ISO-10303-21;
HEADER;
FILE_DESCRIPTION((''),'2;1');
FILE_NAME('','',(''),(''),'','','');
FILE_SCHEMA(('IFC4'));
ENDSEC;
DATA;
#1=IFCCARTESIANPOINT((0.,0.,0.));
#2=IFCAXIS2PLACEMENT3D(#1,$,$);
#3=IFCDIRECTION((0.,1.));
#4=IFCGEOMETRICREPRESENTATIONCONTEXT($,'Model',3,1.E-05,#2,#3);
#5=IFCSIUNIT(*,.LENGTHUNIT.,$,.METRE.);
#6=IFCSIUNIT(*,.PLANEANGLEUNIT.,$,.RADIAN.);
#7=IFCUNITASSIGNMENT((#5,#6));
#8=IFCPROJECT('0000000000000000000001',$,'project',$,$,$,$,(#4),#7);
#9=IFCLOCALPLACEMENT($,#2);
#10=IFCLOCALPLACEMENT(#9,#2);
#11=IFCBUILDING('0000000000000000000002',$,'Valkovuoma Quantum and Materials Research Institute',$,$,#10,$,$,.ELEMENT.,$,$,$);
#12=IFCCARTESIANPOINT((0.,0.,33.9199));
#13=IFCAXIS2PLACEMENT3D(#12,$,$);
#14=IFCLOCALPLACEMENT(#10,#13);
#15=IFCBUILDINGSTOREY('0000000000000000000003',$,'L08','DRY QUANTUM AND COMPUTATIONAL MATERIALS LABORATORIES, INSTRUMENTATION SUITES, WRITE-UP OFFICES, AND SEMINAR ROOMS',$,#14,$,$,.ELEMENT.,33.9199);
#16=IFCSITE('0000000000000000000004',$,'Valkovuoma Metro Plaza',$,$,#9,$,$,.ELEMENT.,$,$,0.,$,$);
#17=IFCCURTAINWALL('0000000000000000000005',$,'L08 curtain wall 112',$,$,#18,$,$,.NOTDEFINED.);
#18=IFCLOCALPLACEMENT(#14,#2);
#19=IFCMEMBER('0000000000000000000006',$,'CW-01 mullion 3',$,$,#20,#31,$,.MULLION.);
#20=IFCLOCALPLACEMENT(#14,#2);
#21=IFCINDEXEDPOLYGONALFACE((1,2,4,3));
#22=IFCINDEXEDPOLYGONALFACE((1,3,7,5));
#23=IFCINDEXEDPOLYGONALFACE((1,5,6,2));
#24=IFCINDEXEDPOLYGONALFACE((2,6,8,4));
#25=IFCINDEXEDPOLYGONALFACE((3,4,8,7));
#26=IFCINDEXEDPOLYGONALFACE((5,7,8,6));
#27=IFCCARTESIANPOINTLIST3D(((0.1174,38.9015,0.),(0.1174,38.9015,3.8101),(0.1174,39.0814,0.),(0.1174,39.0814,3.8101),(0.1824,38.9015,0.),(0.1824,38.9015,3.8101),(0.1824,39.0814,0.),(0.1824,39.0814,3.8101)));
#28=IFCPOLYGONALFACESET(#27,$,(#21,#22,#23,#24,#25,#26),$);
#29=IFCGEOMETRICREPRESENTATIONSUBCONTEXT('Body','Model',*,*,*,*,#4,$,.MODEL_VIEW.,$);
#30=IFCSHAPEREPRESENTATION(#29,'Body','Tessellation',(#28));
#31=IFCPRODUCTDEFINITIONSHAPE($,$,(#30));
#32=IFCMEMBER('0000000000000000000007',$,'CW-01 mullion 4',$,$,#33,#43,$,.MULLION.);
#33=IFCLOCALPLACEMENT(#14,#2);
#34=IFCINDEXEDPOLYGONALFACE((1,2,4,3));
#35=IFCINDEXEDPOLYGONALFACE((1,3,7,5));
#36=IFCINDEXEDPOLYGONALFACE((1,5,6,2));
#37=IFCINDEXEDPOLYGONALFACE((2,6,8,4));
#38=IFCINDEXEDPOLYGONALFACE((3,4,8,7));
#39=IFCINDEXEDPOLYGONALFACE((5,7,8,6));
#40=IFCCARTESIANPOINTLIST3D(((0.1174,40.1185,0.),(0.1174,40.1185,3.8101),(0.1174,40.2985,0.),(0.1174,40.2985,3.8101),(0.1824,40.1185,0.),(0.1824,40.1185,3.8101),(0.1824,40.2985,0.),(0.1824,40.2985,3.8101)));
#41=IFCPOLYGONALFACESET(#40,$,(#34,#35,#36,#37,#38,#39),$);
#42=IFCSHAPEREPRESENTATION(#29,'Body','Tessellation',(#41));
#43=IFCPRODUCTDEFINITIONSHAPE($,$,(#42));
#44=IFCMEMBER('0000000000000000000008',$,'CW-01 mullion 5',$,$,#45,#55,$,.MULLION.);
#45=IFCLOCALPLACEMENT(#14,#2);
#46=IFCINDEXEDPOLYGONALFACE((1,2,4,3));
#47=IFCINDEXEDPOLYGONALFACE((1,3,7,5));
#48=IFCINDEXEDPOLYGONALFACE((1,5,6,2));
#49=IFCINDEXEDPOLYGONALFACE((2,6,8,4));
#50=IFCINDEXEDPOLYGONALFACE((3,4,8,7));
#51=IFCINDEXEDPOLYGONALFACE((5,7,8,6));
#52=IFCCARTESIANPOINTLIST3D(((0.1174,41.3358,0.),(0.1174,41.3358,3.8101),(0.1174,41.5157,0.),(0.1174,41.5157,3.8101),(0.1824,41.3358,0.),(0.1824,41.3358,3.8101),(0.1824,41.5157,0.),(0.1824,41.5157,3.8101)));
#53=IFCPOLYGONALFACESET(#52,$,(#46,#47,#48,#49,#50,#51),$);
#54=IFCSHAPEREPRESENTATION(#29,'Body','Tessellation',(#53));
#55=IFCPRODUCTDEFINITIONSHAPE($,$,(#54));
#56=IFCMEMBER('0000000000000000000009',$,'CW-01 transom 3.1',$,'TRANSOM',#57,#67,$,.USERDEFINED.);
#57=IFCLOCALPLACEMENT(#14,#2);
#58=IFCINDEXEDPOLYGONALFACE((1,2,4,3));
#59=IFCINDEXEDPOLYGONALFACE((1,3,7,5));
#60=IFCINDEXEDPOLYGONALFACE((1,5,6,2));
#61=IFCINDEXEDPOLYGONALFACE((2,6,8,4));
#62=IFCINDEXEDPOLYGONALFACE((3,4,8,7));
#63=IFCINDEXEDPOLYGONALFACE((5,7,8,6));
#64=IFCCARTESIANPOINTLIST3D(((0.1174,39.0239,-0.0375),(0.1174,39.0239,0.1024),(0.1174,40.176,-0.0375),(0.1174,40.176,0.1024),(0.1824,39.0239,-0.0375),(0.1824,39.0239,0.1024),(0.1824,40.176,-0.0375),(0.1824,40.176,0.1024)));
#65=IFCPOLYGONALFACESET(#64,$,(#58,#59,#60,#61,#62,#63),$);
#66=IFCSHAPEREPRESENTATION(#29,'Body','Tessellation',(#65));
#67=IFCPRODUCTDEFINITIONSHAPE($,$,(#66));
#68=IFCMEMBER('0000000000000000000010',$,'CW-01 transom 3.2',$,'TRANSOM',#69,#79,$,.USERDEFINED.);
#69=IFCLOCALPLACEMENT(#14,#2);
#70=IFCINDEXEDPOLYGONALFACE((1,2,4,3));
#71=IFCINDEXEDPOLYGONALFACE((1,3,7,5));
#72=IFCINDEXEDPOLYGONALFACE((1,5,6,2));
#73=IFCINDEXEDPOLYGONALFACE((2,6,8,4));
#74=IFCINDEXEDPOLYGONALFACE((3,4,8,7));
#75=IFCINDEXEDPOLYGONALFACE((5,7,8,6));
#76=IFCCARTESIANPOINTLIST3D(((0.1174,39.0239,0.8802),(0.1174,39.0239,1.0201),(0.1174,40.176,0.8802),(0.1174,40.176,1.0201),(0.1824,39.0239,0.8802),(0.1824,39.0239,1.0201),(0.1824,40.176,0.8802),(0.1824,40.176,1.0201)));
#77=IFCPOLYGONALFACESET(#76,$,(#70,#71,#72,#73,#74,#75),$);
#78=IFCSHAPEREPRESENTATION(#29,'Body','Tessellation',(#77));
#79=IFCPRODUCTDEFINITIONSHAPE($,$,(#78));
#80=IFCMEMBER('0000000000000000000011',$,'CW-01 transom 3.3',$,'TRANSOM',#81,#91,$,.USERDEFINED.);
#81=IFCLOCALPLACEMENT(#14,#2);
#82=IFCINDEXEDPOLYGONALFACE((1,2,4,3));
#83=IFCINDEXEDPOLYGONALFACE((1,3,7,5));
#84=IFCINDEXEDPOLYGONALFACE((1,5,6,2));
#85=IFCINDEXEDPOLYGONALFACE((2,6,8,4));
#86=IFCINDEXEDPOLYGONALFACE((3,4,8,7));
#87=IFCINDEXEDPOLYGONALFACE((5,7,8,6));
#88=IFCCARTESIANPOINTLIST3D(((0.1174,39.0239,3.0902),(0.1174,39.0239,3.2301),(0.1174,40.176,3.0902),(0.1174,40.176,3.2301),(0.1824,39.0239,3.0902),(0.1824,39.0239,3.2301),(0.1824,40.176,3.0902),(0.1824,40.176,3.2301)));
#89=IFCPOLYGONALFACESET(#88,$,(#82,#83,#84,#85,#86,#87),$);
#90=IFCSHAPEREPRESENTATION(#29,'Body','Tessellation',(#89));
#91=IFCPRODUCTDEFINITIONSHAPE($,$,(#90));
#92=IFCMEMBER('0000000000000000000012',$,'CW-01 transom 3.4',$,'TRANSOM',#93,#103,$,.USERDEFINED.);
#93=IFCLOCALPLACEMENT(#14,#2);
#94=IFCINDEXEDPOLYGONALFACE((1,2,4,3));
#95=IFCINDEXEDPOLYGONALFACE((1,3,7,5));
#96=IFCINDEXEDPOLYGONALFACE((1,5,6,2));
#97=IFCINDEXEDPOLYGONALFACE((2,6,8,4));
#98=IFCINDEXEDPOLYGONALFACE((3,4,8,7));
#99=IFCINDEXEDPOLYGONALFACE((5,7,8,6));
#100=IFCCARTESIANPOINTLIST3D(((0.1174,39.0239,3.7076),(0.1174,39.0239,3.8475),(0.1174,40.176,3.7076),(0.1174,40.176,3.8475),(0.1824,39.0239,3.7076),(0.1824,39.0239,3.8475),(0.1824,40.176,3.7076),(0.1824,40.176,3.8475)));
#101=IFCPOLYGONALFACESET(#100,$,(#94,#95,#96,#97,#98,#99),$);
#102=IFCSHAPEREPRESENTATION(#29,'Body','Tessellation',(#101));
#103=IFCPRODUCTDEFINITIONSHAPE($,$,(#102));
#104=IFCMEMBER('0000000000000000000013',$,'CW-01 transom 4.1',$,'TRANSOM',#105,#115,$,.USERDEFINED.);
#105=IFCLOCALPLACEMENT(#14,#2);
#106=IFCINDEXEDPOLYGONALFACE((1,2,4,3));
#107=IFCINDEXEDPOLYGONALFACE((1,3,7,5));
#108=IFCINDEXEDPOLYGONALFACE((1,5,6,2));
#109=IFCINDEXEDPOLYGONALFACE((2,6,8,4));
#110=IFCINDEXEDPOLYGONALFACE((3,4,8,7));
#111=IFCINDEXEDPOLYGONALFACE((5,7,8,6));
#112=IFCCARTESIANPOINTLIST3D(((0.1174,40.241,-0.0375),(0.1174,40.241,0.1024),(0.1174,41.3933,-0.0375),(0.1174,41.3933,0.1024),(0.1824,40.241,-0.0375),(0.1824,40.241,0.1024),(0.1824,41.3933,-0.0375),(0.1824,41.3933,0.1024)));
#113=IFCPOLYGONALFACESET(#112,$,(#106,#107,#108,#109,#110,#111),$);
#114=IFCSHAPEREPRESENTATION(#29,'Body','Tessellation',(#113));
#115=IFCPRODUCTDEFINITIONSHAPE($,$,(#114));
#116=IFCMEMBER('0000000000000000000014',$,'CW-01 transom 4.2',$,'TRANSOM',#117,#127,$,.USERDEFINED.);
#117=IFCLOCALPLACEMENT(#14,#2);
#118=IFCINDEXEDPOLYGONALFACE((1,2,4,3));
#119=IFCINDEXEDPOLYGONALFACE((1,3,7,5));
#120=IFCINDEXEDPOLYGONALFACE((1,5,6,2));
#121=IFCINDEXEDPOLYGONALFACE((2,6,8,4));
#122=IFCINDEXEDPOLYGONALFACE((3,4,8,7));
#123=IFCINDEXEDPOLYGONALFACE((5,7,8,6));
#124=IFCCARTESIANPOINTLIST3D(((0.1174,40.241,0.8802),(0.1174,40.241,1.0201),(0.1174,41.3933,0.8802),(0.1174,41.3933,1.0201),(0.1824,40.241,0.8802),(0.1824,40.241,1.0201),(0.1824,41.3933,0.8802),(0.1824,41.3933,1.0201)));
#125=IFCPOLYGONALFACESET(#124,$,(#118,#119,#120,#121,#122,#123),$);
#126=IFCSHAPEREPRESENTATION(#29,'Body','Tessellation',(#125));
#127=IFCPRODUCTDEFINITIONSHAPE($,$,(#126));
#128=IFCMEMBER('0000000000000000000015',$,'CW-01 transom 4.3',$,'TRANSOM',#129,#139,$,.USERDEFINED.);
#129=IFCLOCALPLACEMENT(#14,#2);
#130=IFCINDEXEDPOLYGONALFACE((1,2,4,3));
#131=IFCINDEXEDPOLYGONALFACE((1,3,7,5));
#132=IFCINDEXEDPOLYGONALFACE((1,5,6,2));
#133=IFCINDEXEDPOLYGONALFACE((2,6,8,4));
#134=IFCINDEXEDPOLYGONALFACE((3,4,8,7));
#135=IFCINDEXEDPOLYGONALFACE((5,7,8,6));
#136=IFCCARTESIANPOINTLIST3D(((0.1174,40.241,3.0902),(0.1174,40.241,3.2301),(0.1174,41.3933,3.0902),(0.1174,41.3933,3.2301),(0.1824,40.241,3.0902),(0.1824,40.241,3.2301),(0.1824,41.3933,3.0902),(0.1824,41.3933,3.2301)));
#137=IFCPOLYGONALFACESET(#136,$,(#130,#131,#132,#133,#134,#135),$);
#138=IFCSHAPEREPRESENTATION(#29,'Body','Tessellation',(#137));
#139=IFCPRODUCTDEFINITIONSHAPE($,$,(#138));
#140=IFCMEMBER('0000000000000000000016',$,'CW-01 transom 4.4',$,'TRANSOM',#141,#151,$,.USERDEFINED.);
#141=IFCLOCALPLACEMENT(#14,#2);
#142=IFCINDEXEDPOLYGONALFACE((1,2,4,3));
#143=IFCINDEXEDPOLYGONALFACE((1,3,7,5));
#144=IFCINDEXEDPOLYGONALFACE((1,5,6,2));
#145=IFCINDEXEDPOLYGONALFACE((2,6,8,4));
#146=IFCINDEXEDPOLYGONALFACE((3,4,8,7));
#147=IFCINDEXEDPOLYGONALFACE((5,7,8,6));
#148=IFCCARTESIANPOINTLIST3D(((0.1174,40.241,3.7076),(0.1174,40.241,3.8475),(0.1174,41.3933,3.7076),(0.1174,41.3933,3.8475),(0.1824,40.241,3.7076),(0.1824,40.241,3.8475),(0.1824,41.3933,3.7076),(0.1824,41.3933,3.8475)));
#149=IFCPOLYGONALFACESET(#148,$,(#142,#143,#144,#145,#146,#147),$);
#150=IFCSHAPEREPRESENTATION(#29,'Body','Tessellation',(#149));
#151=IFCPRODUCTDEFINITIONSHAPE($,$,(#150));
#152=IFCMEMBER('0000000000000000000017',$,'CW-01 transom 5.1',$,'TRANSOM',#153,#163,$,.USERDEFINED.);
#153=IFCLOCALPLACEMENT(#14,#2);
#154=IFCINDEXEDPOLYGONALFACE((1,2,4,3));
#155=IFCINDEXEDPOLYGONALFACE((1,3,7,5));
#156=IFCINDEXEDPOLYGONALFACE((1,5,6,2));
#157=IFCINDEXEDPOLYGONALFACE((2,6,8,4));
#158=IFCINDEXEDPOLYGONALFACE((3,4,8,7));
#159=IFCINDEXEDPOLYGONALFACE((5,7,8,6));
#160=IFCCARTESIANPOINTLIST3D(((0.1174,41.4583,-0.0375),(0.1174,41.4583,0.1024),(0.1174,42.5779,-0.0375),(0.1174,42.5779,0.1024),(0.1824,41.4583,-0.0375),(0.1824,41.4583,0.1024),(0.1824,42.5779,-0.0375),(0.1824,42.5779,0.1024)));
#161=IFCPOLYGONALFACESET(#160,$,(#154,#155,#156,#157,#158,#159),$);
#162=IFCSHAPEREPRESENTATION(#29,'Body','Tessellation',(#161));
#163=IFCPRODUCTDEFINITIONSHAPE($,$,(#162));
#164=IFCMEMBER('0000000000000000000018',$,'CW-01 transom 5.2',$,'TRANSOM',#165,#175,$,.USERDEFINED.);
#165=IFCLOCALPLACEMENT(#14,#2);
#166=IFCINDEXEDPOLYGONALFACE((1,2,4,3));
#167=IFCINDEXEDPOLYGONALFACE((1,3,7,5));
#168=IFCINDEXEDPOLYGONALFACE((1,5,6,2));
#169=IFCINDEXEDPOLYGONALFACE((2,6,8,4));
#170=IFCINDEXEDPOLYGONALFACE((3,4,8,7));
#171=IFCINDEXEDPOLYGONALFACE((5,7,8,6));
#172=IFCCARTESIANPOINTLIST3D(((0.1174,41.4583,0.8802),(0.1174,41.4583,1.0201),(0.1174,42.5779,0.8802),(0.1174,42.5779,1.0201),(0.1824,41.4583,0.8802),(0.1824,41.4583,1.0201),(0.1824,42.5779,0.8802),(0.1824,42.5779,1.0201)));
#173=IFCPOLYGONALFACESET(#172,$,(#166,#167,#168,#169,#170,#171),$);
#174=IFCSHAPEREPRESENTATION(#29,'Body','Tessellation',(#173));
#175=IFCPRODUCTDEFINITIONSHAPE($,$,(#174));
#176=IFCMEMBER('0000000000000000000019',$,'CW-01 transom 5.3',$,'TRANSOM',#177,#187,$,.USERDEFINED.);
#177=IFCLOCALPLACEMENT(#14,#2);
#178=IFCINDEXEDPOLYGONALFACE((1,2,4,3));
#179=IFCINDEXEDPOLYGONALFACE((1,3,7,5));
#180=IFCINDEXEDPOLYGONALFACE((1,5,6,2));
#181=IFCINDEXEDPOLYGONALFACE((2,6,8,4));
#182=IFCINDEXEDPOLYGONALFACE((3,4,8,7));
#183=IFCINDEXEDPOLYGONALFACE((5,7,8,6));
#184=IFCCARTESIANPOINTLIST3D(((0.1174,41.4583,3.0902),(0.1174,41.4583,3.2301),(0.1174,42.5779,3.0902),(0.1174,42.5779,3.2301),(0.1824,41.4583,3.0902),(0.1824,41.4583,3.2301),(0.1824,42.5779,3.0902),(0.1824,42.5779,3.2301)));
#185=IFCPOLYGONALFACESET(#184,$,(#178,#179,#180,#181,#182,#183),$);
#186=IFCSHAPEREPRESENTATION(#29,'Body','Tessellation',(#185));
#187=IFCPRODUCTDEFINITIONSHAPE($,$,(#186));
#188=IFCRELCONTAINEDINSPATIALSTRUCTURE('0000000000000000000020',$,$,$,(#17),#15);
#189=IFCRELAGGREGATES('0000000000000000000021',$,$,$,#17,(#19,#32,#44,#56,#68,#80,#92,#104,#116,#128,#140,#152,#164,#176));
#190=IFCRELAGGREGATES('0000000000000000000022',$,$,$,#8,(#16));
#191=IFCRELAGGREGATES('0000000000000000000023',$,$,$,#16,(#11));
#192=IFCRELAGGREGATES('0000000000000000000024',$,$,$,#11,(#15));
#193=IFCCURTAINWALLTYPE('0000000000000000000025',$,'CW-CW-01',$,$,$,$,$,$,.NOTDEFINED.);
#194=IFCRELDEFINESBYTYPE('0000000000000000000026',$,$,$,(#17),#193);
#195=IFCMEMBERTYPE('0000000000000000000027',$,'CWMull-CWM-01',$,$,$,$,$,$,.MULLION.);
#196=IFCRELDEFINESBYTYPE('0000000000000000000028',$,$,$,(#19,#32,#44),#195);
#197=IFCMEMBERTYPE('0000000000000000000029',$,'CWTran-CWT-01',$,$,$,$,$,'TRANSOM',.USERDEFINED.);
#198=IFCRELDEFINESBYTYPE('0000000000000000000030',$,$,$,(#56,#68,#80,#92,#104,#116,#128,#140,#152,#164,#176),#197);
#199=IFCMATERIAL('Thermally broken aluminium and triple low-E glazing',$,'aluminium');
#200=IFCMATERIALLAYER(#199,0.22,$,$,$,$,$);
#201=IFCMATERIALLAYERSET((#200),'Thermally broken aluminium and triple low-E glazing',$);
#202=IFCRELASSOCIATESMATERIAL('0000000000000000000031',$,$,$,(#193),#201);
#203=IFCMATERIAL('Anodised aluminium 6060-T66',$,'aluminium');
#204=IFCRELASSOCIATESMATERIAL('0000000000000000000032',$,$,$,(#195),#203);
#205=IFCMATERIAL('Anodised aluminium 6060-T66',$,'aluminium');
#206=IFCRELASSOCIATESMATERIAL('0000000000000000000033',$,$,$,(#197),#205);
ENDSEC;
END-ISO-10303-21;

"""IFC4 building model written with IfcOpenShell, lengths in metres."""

from ifc_helpers import new_model, si_unit, direction, frame, origin, origin_2d, place, context, subcontext, project, spatial, rectangle, extrude, material, layer, layer_set, material_profile, profile_set, type_object, element, aggregate, save


model = new_model("IFC4")

# Units and contexts
model_context = context("Model", 3, precision=1e-05, world=origin(), true_north=direction((0.0, 1.0)))
body_context = subcontext(model_context, "Body", "Model", "MODEL_VIEW")
ifc_project = project(units=[si_unit("LENGTHUNIT", "METRE"), si_unit("PLANEANGLEUNIT", "RADIAN")], contexts=[model_context])

# Site, building, storey
site_placement = place(None, origin())
site = spatial("IfcSite", under=ifc_project, at=site_placement, Name="Valkovuoma Metro Plaza", CompositionType="ELEMENT", RefElevation=0.0)
building_placement = place(site_placement, origin())
building = spatial("IfcBuilding", under=site, at=building_placement, Name="Valkovuoma Quantum and Materials Research Institute", CompositionType="ELEMENT")
storey_placement = place(building_placement, frame((0.0, 0.0, 33.9199)))
storey = spatial("IfcBuildingStorey", under=building, at=storey_placement, Name="L08", Description="DRY QUANTUM AND COMPUTATIONAL MATERIALS LABORATORIES, INSTRUMENTATION SUITES, WRITE-UP OFFICES, AND SEMINAR ROOMS", CompositionType="ELEMENT", Elevation=33.9199)

# Curtain wall, members
ifc_material_1 = material(Name="Thermally broken aluminium and triple low-E glazing", Category="aluminium")
ifc_layer_1 = layer(ifc_material_1, 0.22)
ifc_layer_set_1 = layer_set([ifc_layer_1], Name="Thermally broken aluminium and triple low-E glazing")
curtain_wall_type = type_object("IfcCurtainWallType", Name="CW-CW-01", PredefinedType="NOTDEFINED", material=ifc_layer_set_1)
curtain_wall_placement = place(storey_placement, origin())
curtain_wall = element("IfcCurtainWall", 1, at=curtain_wall_placement, inside=storey, type_object=curtain_wall_type, Name="L08 curtain wall 112", PredefinedType="NOTDEFINED")
ifc_material_2 = material(Name="Anodised aluminium 6060-T66", Category="aluminium")
ifc_material_profile_1 = material_profile(ifc_material_2, rectangle(XDim=0.0649, YDim=0.1799, at=origin_2d()), Name="Anodised aluminium 6060-T66")
ifc_profile_set_1 = profile_set([ifc_material_profile_1], Name="Anodised aluminium 6060-T66")
member_type_1 = type_object("IfcMemberType", Name="CWMull-CWM-01", PredefinedType="MULLION", material=ifc_profile_set_1)
member_1_placement = place(storey_placement, frame((0.1499, 38.9915, 0.0), z_axis=(0.0, 0.0, 1.0), x_axis=(-1.0, 0.0, 0.0)))
member_1 = element("IfcMember", 2, at=member_1_placement, type_object=member_type_1, Name="CW-01 mullion 3", PredefinedType="MULLION", context=body_context, shape_type="SweptSolid", body=[
    extrude(rectangle(XDim=0.0649, YDim=0.1799, at=origin_2d()), origin(), (0.0, 0.0, 1.0), 3.8101),
])
member_2_placement = place(storey_placement, frame((0.1499, 40.2085, 0.0), z_axis=(0.0, 0.0, 1.0), x_axis=(-1.0, 0.0, 0.0)))
member_2 = element("IfcMember", 3, at=member_2_placement, type_object=member_type_1, Name="CW-01 mullion 4", PredefinedType="MULLION", context=body_context, shape_type="SweptSolid", body=[
    extrude(rectangle(XDim=0.0649, YDim=0.1799, at=origin_2d()), origin(), (0.0, 0.0, 1.0), 3.8101),
])
member_3_placement = place(storey_placement, frame((0.1499, 41.4258, 0.0), z_axis=(0.0, 0.0, 1.0), x_axis=(-1.0, 0.0, 0.0)))
member_3 = element("IfcMember", 4, at=member_3_placement, type_object=member_type_1, Name="CW-01 mullion 5", PredefinedType="MULLION", context=body_context, shape_type="SweptSolid", body=[
    extrude(rectangle(XDim=0.0649, YDim=0.1799, at=origin_2d()), origin(), (0.0, 0.0, 1.0), 3.8101),
])
ifc_material_3 = material(Name="Anodised aluminium 6060-T66", Category="aluminium")
ifc_material_profile_2 = material_profile(ifc_material_3, rectangle(XDim=0.0649, YDim=0.1399, at=origin_2d()), Name="Anodised aluminium 6060-T66")
ifc_profile_set_2 = profile_set([ifc_material_profile_2], Name="Anodised aluminium 6060-T66")
member_type_2 = type_object("IfcMemberType", Name="CWTran-CWT-01", ElementType="TRANSOM", PredefinedType="USERDEFINED", material=ifc_profile_set_2)
member_4_placement = place(storey_placement, frame((0.1499, 39.0239, 0.0325), z_axis=(0.0, 1.0, 0.0), x_axis=(-1.0, 0.0, 0.0)))
member_4 = element("IfcMember", 5, at=member_4_placement, type_object=member_type_2, Name="CW-01 transom 3.1", ObjectType="TRANSOM", PredefinedType="USERDEFINED", context=body_context, shape_type="SweptSolid", body=[
    extrude(rectangle(XDim=0.0649, YDim=0.1399, at=origin_2d()), origin(), (0.0, 0.0, 1.0), 1.1521),
])
member_5_placement = place(storey_placement, frame((0.1499, 39.0239, 0.9502), z_axis=(0.0, 1.0, 0.0), x_axis=(-1.0, 0.0, 0.0)))
member_5 = element("IfcMember", 6, at=member_5_placement, type_object=member_type_2, Name="CW-01 transom 3.2", ObjectType="TRANSOM", PredefinedType="USERDEFINED", context=body_context, shape_type="SweptSolid", body=[
    extrude(rectangle(XDim=0.0649, YDim=0.1399, at=origin_2d()), origin(), (0.0, 0.0, 1.0), 1.1521),
])
member_6_placement = place(storey_placement, frame((0.1499, 39.0239, 3.1602), z_axis=(0.0, 1.0, 0.0), x_axis=(-1.0, 0.0, 0.0)))
member_6 = element("IfcMember", 7, at=member_6_placement, type_object=member_type_2, Name="CW-01 transom 3.3", ObjectType="TRANSOM", PredefinedType="USERDEFINED", context=body_context, shape_type="SweptSolid", body=[
    extrude(rectangle(XDim=0.0649, YDim=0.1399, at=origin_2d()), origin(), (0.0, 0.0, 1.0), 1.1521),
])
member_7_placement = place(storey_placement, frame((0.1499, 39.0239, 3.7776), z_axis=(0.0, 1.0, 0.0), x_axis=(-1.0, 0.0, 0.0)))
member_7 = element("IfcMember", 8, at=member_7_placement, type_object=member_type_2, Name="CW-01 transom 3.4", ObjectType="TRANSOM", PredefinedType="USERDEFINED", context=body_context, shape_type="SweptSolid", body=[
    extrude(rectangle(XDim=0.0649, YDim=0.1399, at=origin_2d()), origin(), (0.0, 0.0, 1.0), 1.1521),
])
member_8_placement = place(storey_placement, frame((0.1499, 40.241, 0.0325), z_axis=(0.0, 1.0, 0.0), x_axis=(-1.0, 0.0, 0.0)))
member_8 = element("IfcMember", 9, at=member_8_placement, type_object=member_type_2, Name="CW-01 transom 4.1", ObjectType="TRANSOM", PredefinedType="USERDEFINED", context=body_context, shape_type="SweptSolid", body=[
    extrude(rectangle(XDim=0.0649, YDim=0.1399, at=origin_2d()), origin(), (0.0, 0.0, 1.0), 1.1523),
])
member_9_placement = place(storey_placement, frame((0.1499, 40.241, 0.9502), z_axis=(0.0, 1.0, 0.0), x_axis=(-1.0, 0.0, 0.0)))
member_9 = element("IfcMember", 10, at=member_9_placement, type_object=member_type_2, Name="CW-01 transom 4.2", ObjectType="TRANSOM", PredefinedType="USERDEFINED", context=body_context, shape_type="SweptSolid", body=[
    extrude(rectangle(XDim=0.0649, YDim=0.1399, at=origin_2d()), origin(), (0.0, 0.0, 1.0), 1.1523),
])
member_10_placement = place(storey_placement, frame((0.1499, 40.241, 3.1602), z_axis=(0.0, 1.0, 0.0), x_axis=(-1.0, 0.0, 0.0)))
member_10 = element("IfcMember", 11, at=member_10_placement, type_object=member_type_2, Name="CW-01 transom 4.3", ObjectType="TRANSOM", PredefinedType="USERDEFINED", context=body_context, shape_type="SweptSolid", body=[
    extrude(rectangle(XDim=0.0649, YDim=0.1399, at=origin_2d()), origin(), (0.0, 0.0, 1.0), 1.1523),
])
member_11_placement = place(storey_placement, frame((0.1499, 40.241, 3.7776), z_axis=(0.0, 1.0, 0.0), x_axis=(-1.0, 0.0, 0.0)))
member_11 = element("IfcMember", 12, at=member_11_placement, type_object=member_type_2, Name="CW-01 transom 4.4", ObjectType="TRANSOM", PredefinedType="USERDEFINED", context=body_context, shape_type="SweptSolid", body=[
    extrude(rectangle(XDim=0.0649, YDim=0.1399, at=origin_2d()), origin(), (0.0, 0.0, 1.0), 1.1523),
])
member_12_placement = place(storey_placement, frame((0.1499, 41.4583, 0.0325), z_axis=(0.0, 1.0, 0.0), x_axis=(-1.0, 0.0, 0.0)))
member_12 = element("IfcMember", 13, at=member_12_placement, type_object=member_type_2, Name="CW-01 transom 5.1", ObjectType="TRANSOM", PredefinedType="USERDEFINED", context=body_context, shape_type="SweptSolid", body=[
    extrude(rectangle(XDim=0.0649, YDim=0.1399, at=origin_2d()), origin(), (0.0, 0.0, 1.0), 1.1196),
])
member_13_placement = place(storey_placement, frame((0.1499, 41.4583, 0.9502), z_axis=(0.0, 1.0, 0.0), x_axis=(-1.0, 0.0, 0.0)))
member_13 = element("IfcMember", 14, at=member_13_placement, type_object=member_type_2, Name="CW-01 transom 5.2", ObjectType="TRANSOM", PredefinedType="USERDEFINED", context=body_context, shape_type="SweptSolid", body=[
    extrude(rectangle(XDim=0.0649, YDim=0.1399, at=origin_2d()), origin(), (0.0, 0.0, 1.0), 1.1196),
])
member_14_placement = place(storey_placement, frame((0.1499, 41.4583, 3.1602), z_axis=(0.0, 1.0, 0.0), x_axis=(-1.0, 0.0, 0.0)))
member_14 = element("IfcMember", 15, at=member_14_placement, type_object=member_type_2, Name="CW-01 transom 5.3", ObjectType="TRANSOM", PredefinedType="USERDEFINED", context=body_context, shape_type="SweptSolid", body=[
    extrude(rectangle(XDim=0.0649, YDim=0.1399, at=origin_2d()), origin(), (0.0, 0.0, 1.0), 1.1196),
])
aggregate(curtain_wall, [member_1, member_2, member_3, member_4, member_5, member_6, member_7, member_8, member_9, member_10, member_11, member_12, member_13, member_14])

save(model, "model.ifc")
